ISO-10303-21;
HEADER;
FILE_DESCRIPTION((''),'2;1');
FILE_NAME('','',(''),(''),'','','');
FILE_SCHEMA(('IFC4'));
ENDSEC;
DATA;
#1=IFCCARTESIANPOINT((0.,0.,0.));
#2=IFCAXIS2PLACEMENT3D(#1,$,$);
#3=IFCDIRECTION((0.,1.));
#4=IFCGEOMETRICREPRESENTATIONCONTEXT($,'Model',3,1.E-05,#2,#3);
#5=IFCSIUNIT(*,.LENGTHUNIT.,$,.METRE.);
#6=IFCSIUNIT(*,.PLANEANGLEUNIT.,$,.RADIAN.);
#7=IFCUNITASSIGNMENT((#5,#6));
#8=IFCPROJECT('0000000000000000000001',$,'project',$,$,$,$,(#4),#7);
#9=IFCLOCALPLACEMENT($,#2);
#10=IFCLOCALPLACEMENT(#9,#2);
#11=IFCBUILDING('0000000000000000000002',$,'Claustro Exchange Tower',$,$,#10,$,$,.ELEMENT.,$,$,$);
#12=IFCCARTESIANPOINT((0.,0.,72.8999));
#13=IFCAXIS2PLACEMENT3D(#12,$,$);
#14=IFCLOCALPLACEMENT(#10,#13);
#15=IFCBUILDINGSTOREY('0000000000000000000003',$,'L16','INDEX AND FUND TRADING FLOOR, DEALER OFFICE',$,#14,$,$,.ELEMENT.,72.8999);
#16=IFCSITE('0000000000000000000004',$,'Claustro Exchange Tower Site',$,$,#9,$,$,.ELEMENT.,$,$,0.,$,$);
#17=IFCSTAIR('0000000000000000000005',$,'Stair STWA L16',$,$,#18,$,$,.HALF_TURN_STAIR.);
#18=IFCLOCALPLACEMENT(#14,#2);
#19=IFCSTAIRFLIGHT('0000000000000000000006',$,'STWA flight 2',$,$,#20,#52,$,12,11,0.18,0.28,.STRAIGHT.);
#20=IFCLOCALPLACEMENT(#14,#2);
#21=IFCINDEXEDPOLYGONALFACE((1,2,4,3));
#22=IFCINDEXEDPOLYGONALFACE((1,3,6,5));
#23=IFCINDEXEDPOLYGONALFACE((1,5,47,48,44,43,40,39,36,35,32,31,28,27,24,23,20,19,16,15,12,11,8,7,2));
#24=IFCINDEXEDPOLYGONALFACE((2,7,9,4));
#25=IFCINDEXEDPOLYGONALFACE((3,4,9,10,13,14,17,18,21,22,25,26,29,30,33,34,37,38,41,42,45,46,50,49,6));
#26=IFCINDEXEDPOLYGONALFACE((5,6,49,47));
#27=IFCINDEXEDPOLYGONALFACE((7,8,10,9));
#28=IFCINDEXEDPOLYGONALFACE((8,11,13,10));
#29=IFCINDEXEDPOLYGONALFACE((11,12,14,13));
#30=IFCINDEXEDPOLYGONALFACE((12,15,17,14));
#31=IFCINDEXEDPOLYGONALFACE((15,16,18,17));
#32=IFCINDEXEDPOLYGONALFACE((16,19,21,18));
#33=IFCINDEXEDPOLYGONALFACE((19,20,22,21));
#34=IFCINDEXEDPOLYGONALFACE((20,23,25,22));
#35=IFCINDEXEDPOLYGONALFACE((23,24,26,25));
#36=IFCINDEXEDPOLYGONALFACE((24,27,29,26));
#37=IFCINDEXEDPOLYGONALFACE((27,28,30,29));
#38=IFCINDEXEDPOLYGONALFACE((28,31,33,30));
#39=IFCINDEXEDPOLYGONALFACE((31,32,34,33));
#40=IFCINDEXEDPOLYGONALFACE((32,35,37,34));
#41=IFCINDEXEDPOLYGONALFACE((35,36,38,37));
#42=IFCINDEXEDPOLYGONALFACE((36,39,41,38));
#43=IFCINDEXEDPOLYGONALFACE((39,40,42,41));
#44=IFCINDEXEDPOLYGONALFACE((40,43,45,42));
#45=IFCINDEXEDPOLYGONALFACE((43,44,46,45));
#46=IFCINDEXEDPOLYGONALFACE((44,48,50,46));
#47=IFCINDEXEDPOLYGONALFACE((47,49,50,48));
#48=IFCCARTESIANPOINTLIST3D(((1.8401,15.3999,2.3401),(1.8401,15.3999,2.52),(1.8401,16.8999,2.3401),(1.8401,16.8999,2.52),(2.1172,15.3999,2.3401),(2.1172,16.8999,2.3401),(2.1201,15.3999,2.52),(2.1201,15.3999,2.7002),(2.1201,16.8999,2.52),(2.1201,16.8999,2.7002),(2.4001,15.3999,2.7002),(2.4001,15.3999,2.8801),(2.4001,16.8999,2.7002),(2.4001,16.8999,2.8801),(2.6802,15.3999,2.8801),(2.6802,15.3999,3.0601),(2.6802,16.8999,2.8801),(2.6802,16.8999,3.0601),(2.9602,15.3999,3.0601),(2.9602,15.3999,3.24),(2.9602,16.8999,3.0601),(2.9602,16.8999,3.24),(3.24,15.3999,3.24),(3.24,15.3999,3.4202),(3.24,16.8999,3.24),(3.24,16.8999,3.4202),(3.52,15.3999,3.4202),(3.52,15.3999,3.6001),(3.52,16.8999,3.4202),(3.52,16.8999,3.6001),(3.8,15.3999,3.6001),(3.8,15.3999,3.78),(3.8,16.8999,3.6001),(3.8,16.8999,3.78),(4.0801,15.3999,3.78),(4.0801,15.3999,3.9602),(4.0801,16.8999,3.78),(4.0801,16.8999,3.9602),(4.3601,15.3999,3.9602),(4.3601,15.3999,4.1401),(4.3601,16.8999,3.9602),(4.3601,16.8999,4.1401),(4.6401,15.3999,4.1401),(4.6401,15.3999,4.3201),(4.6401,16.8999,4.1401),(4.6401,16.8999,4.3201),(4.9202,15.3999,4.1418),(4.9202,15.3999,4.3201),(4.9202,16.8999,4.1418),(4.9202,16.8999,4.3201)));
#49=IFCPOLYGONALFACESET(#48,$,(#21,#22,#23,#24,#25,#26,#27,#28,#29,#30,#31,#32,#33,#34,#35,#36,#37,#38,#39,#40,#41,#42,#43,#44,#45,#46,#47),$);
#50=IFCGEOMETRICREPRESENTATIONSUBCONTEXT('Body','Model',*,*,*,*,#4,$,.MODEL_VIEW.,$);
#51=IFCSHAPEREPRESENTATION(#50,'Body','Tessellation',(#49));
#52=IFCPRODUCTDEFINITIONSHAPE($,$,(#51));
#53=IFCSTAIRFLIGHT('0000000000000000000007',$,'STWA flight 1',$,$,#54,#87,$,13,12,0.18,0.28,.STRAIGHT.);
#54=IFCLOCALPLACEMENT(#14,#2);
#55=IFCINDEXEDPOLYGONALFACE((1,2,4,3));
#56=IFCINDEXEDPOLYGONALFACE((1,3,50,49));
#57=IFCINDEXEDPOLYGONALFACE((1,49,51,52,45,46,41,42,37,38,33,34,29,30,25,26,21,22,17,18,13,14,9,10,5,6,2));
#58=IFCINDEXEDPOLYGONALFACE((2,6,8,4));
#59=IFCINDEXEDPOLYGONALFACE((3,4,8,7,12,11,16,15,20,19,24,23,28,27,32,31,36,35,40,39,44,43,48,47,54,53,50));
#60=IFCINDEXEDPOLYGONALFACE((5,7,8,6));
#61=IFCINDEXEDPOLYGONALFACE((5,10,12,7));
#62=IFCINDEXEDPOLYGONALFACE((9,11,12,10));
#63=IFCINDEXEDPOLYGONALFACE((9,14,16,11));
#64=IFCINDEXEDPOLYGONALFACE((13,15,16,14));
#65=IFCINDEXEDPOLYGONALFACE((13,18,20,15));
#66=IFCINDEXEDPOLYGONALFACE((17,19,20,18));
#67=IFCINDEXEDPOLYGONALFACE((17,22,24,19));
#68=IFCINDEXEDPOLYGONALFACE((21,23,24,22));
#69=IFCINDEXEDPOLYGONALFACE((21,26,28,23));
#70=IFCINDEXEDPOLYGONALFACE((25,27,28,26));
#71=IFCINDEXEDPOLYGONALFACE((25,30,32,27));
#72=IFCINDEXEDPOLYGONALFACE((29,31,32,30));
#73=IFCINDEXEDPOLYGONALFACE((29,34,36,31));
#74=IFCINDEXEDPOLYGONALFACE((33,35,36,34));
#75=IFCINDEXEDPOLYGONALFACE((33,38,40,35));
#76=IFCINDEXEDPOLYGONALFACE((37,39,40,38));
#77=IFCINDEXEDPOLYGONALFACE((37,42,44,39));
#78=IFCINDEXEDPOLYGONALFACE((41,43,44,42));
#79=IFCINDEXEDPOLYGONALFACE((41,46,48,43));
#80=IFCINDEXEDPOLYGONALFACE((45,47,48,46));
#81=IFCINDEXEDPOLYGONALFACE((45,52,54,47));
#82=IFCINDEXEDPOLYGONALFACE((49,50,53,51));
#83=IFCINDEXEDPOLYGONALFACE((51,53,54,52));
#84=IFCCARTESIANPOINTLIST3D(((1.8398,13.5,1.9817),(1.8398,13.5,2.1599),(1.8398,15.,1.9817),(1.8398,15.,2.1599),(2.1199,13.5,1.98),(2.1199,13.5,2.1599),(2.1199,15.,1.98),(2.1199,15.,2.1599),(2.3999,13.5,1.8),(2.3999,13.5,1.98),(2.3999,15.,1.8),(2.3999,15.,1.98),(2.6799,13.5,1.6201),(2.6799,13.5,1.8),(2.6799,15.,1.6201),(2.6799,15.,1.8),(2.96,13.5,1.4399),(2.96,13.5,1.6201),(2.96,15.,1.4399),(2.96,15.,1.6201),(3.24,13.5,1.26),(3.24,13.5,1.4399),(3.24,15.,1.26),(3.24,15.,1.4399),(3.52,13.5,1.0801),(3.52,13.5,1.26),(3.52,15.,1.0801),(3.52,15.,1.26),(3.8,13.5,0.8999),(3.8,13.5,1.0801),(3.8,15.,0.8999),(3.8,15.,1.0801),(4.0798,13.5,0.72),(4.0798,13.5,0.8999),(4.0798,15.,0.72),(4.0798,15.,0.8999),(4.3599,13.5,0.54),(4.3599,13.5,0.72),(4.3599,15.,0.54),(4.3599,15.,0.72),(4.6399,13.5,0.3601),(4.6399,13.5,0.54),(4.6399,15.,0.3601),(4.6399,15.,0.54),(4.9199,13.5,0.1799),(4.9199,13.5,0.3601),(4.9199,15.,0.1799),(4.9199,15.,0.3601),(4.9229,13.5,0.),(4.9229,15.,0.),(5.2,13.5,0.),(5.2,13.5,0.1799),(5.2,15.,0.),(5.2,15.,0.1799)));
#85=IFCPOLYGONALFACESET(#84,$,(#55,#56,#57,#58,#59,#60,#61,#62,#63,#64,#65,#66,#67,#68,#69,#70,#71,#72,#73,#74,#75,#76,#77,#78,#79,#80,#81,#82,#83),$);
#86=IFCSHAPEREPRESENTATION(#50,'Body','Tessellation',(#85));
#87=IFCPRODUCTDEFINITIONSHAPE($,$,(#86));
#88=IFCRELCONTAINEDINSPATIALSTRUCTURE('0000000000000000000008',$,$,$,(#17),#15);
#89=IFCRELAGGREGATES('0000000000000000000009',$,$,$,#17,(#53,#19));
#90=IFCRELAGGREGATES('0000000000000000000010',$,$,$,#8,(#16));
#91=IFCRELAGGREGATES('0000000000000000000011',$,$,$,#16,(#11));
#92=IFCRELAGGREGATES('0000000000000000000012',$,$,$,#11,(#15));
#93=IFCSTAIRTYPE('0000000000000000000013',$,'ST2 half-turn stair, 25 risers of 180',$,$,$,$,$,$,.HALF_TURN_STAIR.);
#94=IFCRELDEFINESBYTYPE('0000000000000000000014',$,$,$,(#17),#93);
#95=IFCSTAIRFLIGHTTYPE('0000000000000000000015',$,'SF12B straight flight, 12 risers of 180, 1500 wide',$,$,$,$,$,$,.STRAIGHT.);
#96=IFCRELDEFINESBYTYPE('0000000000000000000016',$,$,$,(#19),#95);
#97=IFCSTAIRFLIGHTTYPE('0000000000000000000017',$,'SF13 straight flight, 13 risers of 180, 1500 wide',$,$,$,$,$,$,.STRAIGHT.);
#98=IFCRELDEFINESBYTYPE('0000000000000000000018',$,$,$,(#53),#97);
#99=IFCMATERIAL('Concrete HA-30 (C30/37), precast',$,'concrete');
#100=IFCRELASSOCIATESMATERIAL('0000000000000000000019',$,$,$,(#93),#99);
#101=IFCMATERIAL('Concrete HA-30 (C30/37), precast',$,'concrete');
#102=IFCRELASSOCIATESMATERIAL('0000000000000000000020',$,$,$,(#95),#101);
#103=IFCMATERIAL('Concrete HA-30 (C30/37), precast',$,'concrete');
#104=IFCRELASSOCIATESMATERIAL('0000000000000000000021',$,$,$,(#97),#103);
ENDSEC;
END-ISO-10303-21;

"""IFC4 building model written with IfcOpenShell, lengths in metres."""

from ifc_helpers import new_model, si_unit, direction, frame, origin, place, context, subcontext, project, spatial, polyline, outline, extrude, material, type_object, element, aggregate, save


model = new_model("IFC4")

# Units and contexts
model_context = context("Model", 3, precision=1e-05, world=origin(), true_north=direction((0.0, 1.0)))
body_context = subcontext(model_context, "Body", "Model", "MODEL_VIEW")
ifc_project = project(units=[si_unit("LENGTHUNIT", "METRE"), si_unit("PLANEANGLEUNIT", "RADIAN")], contexts=[model_context])

# Site, building, storey
site_placement = place(None, origin())
site = spatial("IfcSite", under=ifc_project, at=site_placement, Name="Claustro Exchange Tower Site", CompositionType="ELEMENT", RefElevation=0.0)
building_placement = place(site_placement, origin())
building = spatial("IfcBuilding", under=site, at=building_placement, Name="Claustro Exchange Tower", CompositionType="ELEMENT")
storey_placement = place(building_placement, frame((0.0, 0.0, 72.8999)))
storey = spatial("IfcBuildingStorey", under=building, at=storey_placement, Name="L16", Description="INDEX AND FUND TRADING FLOOR, DEALER OFFICE", CompositionType="ELEMENT", Elevation=72.8999)

# Stair, stair flights
ifc_material_1 = material(Name="Concrete HA-30 (C30/37), precast", Category="concrete")
stair_type = type_object("IfcStairType", Name="ST2 half-turn stair, 25 risers of 180", PredefinedType="HALF_TURN_STAIR", material=ifc_material_1)
stair_placement = place(storey_placement, origin())
stair = element("IfcStair", 1, at=stair_placement, inside=storey, type_object=stair_type, Name="Stair STWA L16", PredefinedType="HALF_TURN_STAIR")
ifc_material_2 = material(Name="Concrete HA-30 (C30/37), precast", Category="concrete")
stair_flight_type_1 = type_object("IfcStairFlightType", Name="SF12B straight flight, 12 risers of 180, 1500 wide", PredefinedType="STRAIGHT", material=ifc_material_2)
stair_flight_1_placement = place(storey_placement, frame((1.8401, 16.1499, 2.3401), z_axis=(0.0, 0.0, 1.0), x_axis=(1.0, 0.0, 0.0)))
stair_flight_1 = element("IfcStairFlight", 2, at=stair_flight_1_placement, type_object=stair_flight_type_1, Name="STWA flight 2", NumberOfRisers=12, NumberOfTreads=11, PredefinedType="STRAIGHT", RiserHeight=0.18, TreadLength=0.28, context=body_context, shape_type="SweptSolid", body=[
    extrude(outline(polyline([(0.0, 0.0), (0.0, 0.1799), (0.28, 0.1799), (0.28, 0.3601), (0.5601, 0.3601), (0.5601, 0.54), (0.8401, 0.54), (0.8401, 0.72), (1.1201, 0.72), (1.1201, 0.8999), (1.3999, 0.8999), (1.3999, 1.0801), (1.6799, 1.0801), (1.6799, 1.26), (1.96, 1.26), (1.96, 1.4399), (2.24, 1.4399), (2.24, 1.6201), (2.52, 1.6201), (2.52, 1.8), (2.8, 1.8), (2.8, 1.98), (3.0801, 1.98), (3.0801, 2.1599), (3.0801, 1.8018), (0.2771, 0.0), (0.0, 0.0)])), frame((0.0, 0.75, 0.0), z_axis=(0.0, -1.0, 0.0), x_axis=(1.0, 0.0, 0.0)), (0.0, 0.0, 1.0), 1.5),
])
ifc_material_3 = material(Name="Concrete HA-30 (C30/37), precast", Category="concrete")
stair_flight_type_2 = type_object("IfcStairFlightType", Name="SF13 straight flight, 13 risers of 180, 1500 wide", PredefinedType="STRAIGHT", material=ifc_material_3)
stair_flight_2_placement = place(storey_placement, frame((5.2, 14.25, 0.0), z_axis=(0.0, 0.0, 1.0), x_axis=(-1.0, 0.0, 0.0)))
stair_flight_2 = element("IfcStairFlight", 3, at=stair_flight_2_placement, type_object=stair_flight_type_2, Name="STWA flight 1", NumberOfRisers=13, NumberOfTreads=12, PredefinedType="STRAIGHT", RiserHeight=0.18, TreadLength=0.28, context=body_context, shape_type="SweptSolid", body=[
    extrude(outline(polyline([(0.0, 0.0), (0.0, 0.1799), (0.28, 0.1799), (0.28, 0.3601), (0.5601, 0.3601), (0.5601, 0.54), (0.8401, 0.54), (0.8401, 0.72), (1.1201, 0.72), (1.1201, 0.8999), (1.3999, 0.8999), (1.3999, 1.0801), (1.6799, 1.0801), (1.6799, 1.26), (1.96, 1.26), (1.96, 1.4399), (2.24, 1.4399), (2.24, 1.6201), (2.52, 1.6201), (2.52, 1.8), (2.8, 1.8), (2.8, 1.98), (3.0801, 1.98), (3.0801, 2.1599), (3.3601, 2.1599), (3.3601, 2.3401), (3.3601, 1.9817), (0.2771, 0.0), (0.0, 0.0)])), frame((0.0, 0.75, 0.0), z_axis=(0.0, -1.0, 0.0), x_axis=(1.0, 0.0, 0.0)), (0.0, 0.0, 1.0), 1.5),
])
aggregate(stair, [stair_flight_2, stair_flight_1])

save(model, "model.ifc")
